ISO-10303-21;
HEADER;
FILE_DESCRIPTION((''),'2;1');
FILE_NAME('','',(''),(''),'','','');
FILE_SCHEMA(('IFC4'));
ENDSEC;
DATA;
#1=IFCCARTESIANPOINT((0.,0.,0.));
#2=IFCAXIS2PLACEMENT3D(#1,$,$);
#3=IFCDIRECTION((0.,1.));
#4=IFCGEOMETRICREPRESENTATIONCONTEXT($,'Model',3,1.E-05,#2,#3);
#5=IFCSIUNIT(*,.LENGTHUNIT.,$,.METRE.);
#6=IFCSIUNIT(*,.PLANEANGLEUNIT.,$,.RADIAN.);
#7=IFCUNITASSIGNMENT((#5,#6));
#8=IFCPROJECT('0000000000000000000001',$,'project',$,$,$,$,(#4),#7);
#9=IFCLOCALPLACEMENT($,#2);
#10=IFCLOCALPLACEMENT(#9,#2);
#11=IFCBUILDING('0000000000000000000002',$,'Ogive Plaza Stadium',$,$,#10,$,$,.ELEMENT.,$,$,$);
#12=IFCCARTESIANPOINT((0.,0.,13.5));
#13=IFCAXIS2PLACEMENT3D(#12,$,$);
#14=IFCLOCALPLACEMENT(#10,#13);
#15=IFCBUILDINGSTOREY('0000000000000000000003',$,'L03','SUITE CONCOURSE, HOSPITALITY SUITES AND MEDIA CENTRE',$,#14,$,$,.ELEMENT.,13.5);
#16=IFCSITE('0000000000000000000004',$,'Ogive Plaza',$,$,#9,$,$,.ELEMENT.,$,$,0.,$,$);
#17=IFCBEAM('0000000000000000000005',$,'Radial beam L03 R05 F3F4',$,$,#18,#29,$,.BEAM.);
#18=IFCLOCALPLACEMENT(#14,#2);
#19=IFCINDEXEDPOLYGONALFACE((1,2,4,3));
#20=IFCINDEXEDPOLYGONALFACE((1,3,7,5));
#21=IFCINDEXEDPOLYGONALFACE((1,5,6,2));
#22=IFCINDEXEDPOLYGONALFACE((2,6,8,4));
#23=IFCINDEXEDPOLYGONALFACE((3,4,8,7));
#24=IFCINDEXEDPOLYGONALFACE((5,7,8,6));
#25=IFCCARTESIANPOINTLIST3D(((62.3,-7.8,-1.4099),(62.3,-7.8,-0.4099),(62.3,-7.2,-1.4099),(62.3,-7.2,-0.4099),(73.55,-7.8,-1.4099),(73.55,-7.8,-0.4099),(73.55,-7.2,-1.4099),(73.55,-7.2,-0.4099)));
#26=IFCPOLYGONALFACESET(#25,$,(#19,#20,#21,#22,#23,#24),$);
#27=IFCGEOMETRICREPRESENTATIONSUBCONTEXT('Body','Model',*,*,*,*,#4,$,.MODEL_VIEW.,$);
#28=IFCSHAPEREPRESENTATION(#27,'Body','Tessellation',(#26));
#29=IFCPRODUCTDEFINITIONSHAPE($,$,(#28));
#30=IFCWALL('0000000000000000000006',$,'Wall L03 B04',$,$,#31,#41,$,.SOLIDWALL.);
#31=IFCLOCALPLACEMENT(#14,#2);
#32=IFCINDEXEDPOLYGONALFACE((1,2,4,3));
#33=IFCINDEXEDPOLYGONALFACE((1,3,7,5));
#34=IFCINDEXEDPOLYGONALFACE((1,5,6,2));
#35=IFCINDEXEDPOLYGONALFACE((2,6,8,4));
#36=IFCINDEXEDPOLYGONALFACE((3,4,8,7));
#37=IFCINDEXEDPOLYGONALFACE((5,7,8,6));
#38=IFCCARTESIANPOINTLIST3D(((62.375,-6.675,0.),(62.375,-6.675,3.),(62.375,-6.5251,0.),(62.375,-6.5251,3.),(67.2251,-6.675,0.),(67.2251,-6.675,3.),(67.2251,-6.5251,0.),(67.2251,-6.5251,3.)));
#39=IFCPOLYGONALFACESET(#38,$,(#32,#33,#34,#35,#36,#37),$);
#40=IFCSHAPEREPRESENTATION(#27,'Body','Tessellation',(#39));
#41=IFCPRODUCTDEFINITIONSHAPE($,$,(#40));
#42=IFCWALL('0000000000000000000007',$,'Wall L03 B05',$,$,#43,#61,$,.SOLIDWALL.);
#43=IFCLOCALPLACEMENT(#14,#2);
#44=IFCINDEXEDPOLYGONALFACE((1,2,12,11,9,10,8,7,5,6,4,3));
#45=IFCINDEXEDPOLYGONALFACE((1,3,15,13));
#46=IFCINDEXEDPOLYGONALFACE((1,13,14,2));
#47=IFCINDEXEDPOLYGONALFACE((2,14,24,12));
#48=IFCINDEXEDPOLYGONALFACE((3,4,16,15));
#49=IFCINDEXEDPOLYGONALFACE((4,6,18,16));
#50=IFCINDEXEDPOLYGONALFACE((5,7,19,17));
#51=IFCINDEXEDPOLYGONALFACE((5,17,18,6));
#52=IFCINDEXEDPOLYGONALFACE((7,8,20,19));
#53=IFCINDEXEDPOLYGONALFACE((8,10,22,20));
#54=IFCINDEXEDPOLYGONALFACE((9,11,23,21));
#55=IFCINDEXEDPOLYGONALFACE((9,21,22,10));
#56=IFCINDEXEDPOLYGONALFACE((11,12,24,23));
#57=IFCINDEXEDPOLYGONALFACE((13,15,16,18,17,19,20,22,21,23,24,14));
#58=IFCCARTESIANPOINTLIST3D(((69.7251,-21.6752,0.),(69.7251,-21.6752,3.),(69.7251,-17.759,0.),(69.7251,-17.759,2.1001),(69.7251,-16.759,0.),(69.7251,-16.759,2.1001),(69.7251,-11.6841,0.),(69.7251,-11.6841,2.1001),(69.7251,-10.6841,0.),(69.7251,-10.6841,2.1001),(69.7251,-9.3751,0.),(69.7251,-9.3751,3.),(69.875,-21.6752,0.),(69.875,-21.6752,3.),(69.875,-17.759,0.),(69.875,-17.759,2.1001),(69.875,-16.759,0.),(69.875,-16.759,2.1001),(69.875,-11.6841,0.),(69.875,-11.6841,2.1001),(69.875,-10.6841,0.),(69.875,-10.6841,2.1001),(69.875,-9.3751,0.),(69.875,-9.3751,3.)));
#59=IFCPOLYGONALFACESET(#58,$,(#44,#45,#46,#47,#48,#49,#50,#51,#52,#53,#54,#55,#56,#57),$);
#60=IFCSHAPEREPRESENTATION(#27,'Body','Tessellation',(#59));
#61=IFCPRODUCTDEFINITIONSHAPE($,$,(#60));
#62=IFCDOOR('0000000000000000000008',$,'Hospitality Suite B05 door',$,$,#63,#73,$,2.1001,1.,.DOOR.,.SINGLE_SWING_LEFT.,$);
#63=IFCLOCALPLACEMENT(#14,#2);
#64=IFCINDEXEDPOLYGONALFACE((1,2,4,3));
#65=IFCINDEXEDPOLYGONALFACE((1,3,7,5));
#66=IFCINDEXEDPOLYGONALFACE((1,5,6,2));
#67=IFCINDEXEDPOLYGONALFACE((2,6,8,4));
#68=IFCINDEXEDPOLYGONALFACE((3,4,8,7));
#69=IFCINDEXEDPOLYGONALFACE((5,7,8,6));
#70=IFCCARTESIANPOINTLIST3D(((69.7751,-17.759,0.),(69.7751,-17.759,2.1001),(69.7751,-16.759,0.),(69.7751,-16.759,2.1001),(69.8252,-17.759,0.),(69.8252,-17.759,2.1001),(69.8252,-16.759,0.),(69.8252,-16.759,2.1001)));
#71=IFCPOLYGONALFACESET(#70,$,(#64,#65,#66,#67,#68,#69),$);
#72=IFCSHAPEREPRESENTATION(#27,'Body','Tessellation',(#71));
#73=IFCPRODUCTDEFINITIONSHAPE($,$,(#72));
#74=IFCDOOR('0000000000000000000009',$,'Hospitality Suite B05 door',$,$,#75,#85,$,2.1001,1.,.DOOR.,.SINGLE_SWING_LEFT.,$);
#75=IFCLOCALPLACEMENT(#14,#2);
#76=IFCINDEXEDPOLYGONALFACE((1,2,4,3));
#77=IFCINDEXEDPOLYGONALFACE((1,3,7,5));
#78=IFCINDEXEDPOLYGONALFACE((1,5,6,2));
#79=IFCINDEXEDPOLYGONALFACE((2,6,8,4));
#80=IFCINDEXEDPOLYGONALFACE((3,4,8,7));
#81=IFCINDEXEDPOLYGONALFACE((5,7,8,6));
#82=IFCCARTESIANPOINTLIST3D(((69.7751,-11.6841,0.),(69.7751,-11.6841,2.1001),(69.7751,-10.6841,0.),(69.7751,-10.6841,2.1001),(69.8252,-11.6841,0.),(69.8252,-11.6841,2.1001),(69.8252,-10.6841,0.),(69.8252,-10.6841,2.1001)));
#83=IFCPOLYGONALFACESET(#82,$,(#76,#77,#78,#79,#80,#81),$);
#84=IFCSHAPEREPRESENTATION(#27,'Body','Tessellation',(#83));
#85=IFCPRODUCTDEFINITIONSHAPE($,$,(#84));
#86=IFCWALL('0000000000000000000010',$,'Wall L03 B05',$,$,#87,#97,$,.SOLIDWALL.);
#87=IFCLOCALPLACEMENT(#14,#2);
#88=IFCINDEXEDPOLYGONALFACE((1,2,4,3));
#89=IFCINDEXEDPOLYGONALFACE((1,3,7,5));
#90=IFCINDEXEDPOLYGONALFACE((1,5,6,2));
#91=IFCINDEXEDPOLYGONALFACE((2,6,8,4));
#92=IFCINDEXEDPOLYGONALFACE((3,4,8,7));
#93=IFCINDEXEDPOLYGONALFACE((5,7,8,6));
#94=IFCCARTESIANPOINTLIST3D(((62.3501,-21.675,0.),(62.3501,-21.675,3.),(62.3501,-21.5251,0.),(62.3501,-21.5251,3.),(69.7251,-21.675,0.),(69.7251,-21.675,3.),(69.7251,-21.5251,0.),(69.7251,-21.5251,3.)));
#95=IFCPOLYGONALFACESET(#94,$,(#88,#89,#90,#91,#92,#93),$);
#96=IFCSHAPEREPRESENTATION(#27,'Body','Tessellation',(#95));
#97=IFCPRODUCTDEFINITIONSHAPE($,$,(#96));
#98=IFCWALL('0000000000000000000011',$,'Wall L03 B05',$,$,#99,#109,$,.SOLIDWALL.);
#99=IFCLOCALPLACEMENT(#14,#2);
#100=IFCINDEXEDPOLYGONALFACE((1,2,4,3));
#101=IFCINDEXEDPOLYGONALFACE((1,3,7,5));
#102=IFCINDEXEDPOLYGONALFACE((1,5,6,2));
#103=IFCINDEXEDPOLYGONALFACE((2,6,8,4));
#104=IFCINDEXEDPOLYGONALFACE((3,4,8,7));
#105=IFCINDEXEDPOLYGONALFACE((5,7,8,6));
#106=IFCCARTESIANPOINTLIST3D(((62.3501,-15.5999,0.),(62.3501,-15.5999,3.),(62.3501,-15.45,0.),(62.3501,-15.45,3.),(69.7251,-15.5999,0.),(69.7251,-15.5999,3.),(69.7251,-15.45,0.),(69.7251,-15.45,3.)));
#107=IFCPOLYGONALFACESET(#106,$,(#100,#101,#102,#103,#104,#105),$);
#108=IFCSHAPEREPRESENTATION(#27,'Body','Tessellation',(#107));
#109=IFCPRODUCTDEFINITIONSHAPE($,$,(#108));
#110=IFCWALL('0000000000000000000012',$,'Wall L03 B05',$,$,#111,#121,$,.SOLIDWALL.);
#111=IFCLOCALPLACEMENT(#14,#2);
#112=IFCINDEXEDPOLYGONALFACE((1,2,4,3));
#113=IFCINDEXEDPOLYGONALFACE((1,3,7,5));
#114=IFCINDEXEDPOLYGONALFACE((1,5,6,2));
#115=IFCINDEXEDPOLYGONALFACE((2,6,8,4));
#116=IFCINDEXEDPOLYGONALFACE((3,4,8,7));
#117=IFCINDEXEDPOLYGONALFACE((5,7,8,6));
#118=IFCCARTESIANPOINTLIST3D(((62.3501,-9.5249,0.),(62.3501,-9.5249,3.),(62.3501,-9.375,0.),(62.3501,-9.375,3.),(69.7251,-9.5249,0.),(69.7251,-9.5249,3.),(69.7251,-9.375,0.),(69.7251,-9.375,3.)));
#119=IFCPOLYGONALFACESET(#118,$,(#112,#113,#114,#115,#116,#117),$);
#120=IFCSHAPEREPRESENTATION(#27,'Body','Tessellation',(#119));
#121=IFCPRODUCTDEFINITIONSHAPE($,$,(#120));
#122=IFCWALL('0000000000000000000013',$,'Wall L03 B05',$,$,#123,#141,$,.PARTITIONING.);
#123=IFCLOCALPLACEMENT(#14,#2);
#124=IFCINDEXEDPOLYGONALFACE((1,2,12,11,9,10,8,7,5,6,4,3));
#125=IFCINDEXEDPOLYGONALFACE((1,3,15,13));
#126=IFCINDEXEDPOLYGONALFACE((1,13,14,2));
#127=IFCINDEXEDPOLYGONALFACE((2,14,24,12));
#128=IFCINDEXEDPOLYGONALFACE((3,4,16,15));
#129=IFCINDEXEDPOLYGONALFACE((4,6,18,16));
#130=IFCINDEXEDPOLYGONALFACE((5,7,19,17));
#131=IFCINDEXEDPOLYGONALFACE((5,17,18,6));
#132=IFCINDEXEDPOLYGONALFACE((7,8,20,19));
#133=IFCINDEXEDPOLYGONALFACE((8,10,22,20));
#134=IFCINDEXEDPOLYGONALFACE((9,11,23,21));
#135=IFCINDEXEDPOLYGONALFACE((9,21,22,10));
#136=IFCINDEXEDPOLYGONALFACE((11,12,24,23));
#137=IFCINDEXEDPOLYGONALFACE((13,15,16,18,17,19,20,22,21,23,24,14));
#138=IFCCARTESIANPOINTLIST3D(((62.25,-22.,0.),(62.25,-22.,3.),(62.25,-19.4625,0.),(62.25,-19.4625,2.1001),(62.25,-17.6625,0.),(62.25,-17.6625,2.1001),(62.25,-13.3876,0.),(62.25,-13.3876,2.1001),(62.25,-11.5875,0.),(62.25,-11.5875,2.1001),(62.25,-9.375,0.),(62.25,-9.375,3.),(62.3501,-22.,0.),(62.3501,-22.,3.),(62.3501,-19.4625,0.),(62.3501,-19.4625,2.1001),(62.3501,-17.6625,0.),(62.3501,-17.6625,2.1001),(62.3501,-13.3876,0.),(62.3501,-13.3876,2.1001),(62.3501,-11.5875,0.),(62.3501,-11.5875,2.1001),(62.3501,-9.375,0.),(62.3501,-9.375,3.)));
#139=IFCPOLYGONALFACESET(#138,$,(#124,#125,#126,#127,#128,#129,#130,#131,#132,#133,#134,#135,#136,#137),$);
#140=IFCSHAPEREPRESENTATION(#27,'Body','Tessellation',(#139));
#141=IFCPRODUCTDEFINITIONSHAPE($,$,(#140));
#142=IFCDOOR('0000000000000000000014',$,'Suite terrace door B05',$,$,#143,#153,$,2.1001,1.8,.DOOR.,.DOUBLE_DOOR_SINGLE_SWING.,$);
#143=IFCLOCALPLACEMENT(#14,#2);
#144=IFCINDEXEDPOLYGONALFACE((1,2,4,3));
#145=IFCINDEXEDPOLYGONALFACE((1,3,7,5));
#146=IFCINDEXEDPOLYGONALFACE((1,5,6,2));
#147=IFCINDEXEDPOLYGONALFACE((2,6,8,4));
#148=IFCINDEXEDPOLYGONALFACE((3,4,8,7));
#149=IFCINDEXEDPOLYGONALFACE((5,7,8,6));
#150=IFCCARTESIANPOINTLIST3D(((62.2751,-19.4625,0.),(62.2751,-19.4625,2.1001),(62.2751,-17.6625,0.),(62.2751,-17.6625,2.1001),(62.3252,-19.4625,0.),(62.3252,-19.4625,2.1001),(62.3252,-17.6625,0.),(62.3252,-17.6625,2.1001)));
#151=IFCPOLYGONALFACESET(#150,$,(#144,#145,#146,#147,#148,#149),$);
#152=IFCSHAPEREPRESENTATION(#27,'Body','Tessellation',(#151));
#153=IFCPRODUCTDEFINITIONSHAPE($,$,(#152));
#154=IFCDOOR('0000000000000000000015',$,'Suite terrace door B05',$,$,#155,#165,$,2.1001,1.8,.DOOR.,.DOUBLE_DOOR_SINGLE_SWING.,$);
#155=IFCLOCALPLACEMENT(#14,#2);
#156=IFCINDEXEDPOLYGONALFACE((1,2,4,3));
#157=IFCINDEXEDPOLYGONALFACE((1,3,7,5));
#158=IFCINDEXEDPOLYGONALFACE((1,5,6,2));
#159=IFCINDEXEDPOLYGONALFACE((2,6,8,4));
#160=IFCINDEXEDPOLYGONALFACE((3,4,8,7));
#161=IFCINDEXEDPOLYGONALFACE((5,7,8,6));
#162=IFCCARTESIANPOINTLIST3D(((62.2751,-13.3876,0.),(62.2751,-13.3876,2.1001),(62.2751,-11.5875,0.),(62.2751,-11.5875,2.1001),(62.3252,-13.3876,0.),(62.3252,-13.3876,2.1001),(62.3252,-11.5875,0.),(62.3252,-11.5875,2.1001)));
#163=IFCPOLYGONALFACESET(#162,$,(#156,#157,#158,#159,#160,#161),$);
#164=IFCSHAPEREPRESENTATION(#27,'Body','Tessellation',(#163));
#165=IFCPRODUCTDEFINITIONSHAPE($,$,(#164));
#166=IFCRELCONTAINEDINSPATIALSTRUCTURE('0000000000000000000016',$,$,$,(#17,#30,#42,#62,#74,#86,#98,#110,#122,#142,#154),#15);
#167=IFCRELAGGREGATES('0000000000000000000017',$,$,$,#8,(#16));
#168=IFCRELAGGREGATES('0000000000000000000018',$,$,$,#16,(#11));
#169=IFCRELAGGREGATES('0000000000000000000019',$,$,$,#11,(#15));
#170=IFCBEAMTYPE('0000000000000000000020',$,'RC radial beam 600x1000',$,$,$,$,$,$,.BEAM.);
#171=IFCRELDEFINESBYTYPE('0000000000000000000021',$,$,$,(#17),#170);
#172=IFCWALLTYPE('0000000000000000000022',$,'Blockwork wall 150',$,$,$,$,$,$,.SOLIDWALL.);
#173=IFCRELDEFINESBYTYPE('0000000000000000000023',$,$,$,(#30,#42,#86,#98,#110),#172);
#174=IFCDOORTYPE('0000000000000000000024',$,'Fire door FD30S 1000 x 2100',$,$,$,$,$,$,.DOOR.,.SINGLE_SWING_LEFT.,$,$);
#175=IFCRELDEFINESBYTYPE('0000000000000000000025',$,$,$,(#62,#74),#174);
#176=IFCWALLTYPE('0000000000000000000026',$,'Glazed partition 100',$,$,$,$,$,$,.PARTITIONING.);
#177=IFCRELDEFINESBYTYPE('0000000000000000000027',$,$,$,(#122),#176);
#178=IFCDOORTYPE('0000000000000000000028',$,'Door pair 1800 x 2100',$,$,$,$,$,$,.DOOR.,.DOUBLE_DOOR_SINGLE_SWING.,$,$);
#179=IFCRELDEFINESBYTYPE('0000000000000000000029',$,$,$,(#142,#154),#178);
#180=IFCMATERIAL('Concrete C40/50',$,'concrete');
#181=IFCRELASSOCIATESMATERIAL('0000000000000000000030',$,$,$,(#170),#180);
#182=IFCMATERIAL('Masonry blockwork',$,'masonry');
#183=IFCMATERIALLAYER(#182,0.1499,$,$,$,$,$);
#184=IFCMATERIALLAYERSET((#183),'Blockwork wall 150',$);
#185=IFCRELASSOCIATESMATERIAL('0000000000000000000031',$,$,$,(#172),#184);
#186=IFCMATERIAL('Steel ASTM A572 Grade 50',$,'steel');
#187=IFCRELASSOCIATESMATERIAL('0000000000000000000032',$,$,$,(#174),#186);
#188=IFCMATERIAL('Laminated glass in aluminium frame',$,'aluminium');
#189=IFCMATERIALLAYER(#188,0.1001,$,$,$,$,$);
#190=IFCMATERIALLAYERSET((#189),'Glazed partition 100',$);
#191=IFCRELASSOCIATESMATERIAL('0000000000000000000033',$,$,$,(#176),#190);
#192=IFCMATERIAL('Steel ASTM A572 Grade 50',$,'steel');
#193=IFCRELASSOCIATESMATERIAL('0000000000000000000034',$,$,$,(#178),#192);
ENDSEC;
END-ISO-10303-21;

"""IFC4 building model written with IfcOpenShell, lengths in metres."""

from ifc_helpers import new_model, si_unit, direction, frame, frame_2d, origin, origin_2d, place, context, subcontext, project, spatial, rectangle, extrude, material, layer, layer_set, material_profile, profile_set, type_object, element, fill, save


model = new_model("IFC4")

# Units and contexts
model_context = context("Model", 3, precision=1e-05, world=origin(), true_north=direction((0.0, 1.0)))
body_context = subcontext(model_context, "Body", "Model", "MODEL_VIEW")
ifc_project = project(units=[si_unit("LENGTHUNIT", "METRE"), si_unit("PLANEANGLEUNIT", "RADIAN")], contexts=[model_context])

# Site, building, storey
site_placement = place(None, origin())
site = spatial("IfcSite", under=ifc_project, at=site_placement, Name="Ogive Plaza", CompositionType="ELEMENT", RefElevation=0.0)
building_placement = place(site_placement, origin())
building = spatial("IfcBuilding", under=site, at=building_placement, Name="Ogive Plaza Stadium", CompositionType="ELEMENT")
storey_placement = place(building_placement, frame((0.0, 0.0, 13.5)))
storey = spatial("IfcBuildingStorey", under=building, at=storey_placement, Name="L03", Description="SUITE CONCOURSE, HOSPITALITY SUITES AND MEDIA CENTRE", CompositionType="ELEMENT", Elevation=13.5)

# Beam
ifc_material_1 = material(Name="Concrete C40/50", Category="concrete")
ifc_material_profile = material_profile(ifc_material_1, rectangle(XDim=0.6001, YDim=1.0, at=origin_2d()), Name="RC 600x1000")
ifc_profile_set = profile_set([ifc_material_profile], Name="Concrete C40/50")
beam_type = type_object("IfcBeamType", Name="RC radial beam 600x1000", PredefinedType="BEAM", material=ifc_profile_set)
beam_placement = place(storey_placement, frame((62.3, -7.5, -0.9099), z_axis=(1.0, 0.0, 0.0), x_axis=(0.0, 1.0, 0.0)))
element("IfcBeam", 1, at=beam_placement, inside=storey, type_object=beam_type, Name="Radial beam L03 R05 F3F4", PredefinedType="BEAM", context=body_context, shape_type="SweptSolid", body=[
    extrude(rectangle(XDim=0.6001, YDim=1.0, at=origin_2d()), origin(), (0.0, 0.0, 1.0), 11.25),
])

# Wall
ifc_material_2 = material(Name="Masonry blockwork", Category="masonry")
ifc_layer_1 = layer(ifc_material_2, 0.1499)
ifc_layer_set_1 = layer_set([ifc_layer_1], Name="Blockwork wall 150")
wall_type_1 = type_object("IfcWallType", Name="Blockwork wall 150", PredefinedType="SOLIDWALL", material=ifc_layer_set_1)
wall_1_placement = place(storey_placement, frame((62.375, -6.6001, 0.0), z_axis=(0.0, 0.0, 1.0), x_axis=(1.0, 0.0, 0.0)))
element("IfcWall", 2, at=wall_1_placement, inside=storey, type_object=wall_type_1, Name="Wall L03 B04", PredefinedType="SOLIDWALL", context=body_context, shape_type="SweptSolid", body=[
    extrude(rectangle(XDim=4.8501, YDim=0.1499, at=frame_2d((2.425, 0.0))), origin(), (0.0, 0.0, 1.0), 3.0),
])

# Wall, openings, doors
wall_2_placement = place(storey_placement, frame((69.8, -21.675, 0.0), z_axis=(0.0, 0.0, 1.0), x_axis=(0.0, 1.0, 0.0)))
wall_2 = element("IfcWall", 3, at=wall_2_placement, inside=storey, type_object=wall_type_1, Name="Wall L03 B05", PredefinedType="SOLIDWALL", context=body_context, shape_type="SweptSolid", body=[
    extrude(rectangle(XDim=12.3, YDim=0.1499, at=frame_2d((6.1499, 0.0))), origin(), (0.0, 0.0, 1.0), 3.0),
])
opening_1_placement = place(wall_2_placement, frame((3.916, 0.0, 0.0)))
opening_1 = element("IfcOpeningElement", 4, at=opening_1_placement, cuts=wall_2, PredefinedType="OPENING", context=body_context, shape_type="SweptSolid", body=[
    extrude(rectangle(XDim=1.0, YDim=2.1001, at=frame_2d((0.5, 1.05))), frame((0.0, 0.075, 0.0), z_axis=(0.0, -1.0, 0.0), x_axis=(1.0, 0.0, 0.0)), (0.0, 0.0, 1.0), 0.1499),
])
opening_2_placement = place(wall_2_placement, frame((9.991, 0.0, 0.0)))
opening_2 = element("IfcOpeningElement", 5, at=opening_2_placement, cuts=wall_2, PredefinedType="OPENING", context=body_context, shape_type="SweptSolid", body=[
    extrude(rectangle(XDim=1.0, YDim=2.1001, at=frame_2d((0.5, 1.05))), frame((0.0, 0.075, 0.0), z_axis=(0.0, -1.0, 0.0), x_axis=(1.0, 0.0, 0.0)), (0.0, 0.0, 1.0), 0.1499),
])
ifc_material_3 = material(Name="Steel ASTM A572 Grade 50", Category="steel")
door_type_1 = type_object("IfcDoorType", Name="Fire door FD30S 1000 x 2100", OperationType="SINGLE_SWING_LEFT", PredefinedType="DOOR", material=ifc_material_3)
door_1_placement = place(opening_1_placement, origin())
door_1 = element("IfcDoor", 6, at=door_1_placement, inside=storey, type_object=door_type_1, Name="Hospitality Suite B05 door", OperationType="SINGLE_SWING_LEFT", OverallHeight=2.1001, OverallWidth=1.0, PredefinedType="DOOR", context=body_context, shape_type="SweptSolid", body=[
    extrude(rectangle(XDim=1.0, YDim=2.1001, at=frame_2d((0.5, 1.05))), frame((0.0, 0.0249, 0.0), z_axis=(0.0, -1.0, 0.0), x_axis=(1.0, 0.0, 0.0)), (0.0, 0.0, 1.0), 0.05),
])
fill(opening_1, door_1)
door_2_placement = place(opening_2_placement, origin())
door_2 = element("IfcDoor", 7, at=door_2_placement, inside=storey, type_object=door_type_1, Name="Hospitality Suite B05 door", OperationType="SINGLE_SWING_LEFT", OverallHeight=2.1001, OverallWidth=1.0, PredefinedType="DOOR", context=body_context, shape_type="SweptSolid", body=[
    extrude(rectangle(XDim=1.0, YDim=2.1001, at=frame_2d((0.5, 1.05))), frame((0.0, 0.0249, 0.0), z_axis=(0.0, -1.0, 0.0), x_axis=(1.0, 0.0, 0.0)), (0.0, 0.0, 1.0), 0.05),
])
fill(opening_2, door_2)

# Walls
for number, where, z_axis, x_axis, name in (
    (8, (62.3501, -21.6001, 0.0), (0.0, 0.0, 1.0), (1.0, 0.0, 0.0), "Wall L03 B05"),
    (9, (62.3501, -15.5249, 0.0), (0.0, 0.0, 1.0), (1.0, 0.0, 0.0), "Wall L03 B05"),
    (10, (62.3501, -9.45, 0.0), (0.0, 0.0, 1.0), (1.0, 0.0, 0.0), "Wall L03 B05"),
):
    element("IfcWall", number, at=place(storey_placement, frame(where, z_axis=z_axis, x_axis=x_axis)), inside=storey, type_object=wall_type_1, Name=name, PredefinedType="SOLIDWALL", context=body_context, shape_type="SweptSolid", body=[
        extrude(rectangle(XDim=7.375, YDim=0.1499, at=frame_2d((3.6875, 0.0))), origin(), (0.0, 0.0, 1.0), 3.0),
    ])

# Wall, openings, doors
ifc_material_4 = material(Name="Laminated glass in aluminium frame", Category="aluminium")
ifc_layer_2 = layer(ifc_material_4, 0.1001)
ifc_layer_set_2 = layer_set([ifc_layer_2], Name="Glazed partition 100")
wall_type_2 = type_object("IfcWallType", Name="Glazed partition 100", PredefinedType="PARTITIONING", material=ifc_layer_set_2)
wall_3_placement = place(storey_placement, frame((62.3, -22.0, 0.0), z_axis=(0.0, 0.0, 1.0), x_axis=(0.0, 1.0, 0.0)))
wall_3 = element("IfcWall", 11, at=wall_3_placement, inside=storey, type_object=wall_type_2, Name="Wall L03 B05", PredefinedType="PARTITIONING", context=body_context, shape_type="SweptSolid", body=[
    extrude(rectangle(XDim=12.625, YDim=0.1001, at=frame_2d((6.3125, 0.0))), origin(), (0.0, 0.0, 1.0), 3.0),
])
opening_3_placement = place(wall_3_placement, frame((2.5376, 0.0, 0.0)))
opening_3 = element("IfcOpeningElement", 12, at=opening_3_placement, cuts=wall_3, PredefinedType="OPENING", context=body_context, shape_type="SweptSolid", body=[
    extrude(rectangle(XDim=1.8, YDim=2.1001, at=frame_2d((0.8999, 1.05))), frame((0.0, 0.05, 0.0), z_axis=(0.0, -1.0, 0.0), x_axis=(1.0, 0.0, 0.0)), (0.0, 0.0, 1.0), 0.1001),
])
opening_4_placement = place(wall_3_placement, frame((8.6125, 0.0, 0.0)))
opening_4 = element("IfcOpeningElement", 13, at=opening_4_placement, cuts=wall_3, PredefinedType="OPENING", context=body_context, shape_type="SweptSolid", body=[
    extrude(rectangle(XDim=1.8, YDim=2.1001, at=frame_2d((0.8999, 1.05))), frame((0.0, 0.05, 0.0), z_axis=(0.0, -1.0, 0.0), x_axis=(1.0, 0.0, 0.0)), (0.0, 0.0, 1.0), 0.1001),
])
ifc_material_5 = material(Name="Steel ASTM A572 Grade 50", Category="steel")
door_type_2 = type_object("IfcDoorType", Name="Door pair 1800 x 2100", OperationType="DOUBLE_DOOR_SINGLE_SWING", PredefinedType="DOOR", material=ifc_material_5)
door_3_placement = place(opening_3_placement, origin())
door_3 = element("IfcDoor", 14, at=door_3_placement, inside=storey, type_object=door_type_2, Name="Suite terrace door B05", OperationType="DOUBLE_DOOR_SINGLE_SWING", OverallHeight=2.1001, OverallWidth=1.8, PredefinedType="DOOR", context=body_context, shape_type="SweptSolid", body=[
    extrude(rectangle(XDim=1.8, YDim=2.1001, at=frame_2d((0.8999, 1.05))), frame((0.0, 0.0249, 0.0), z_axis=(0.0, -1.0, 0.0), x_axis=(1.0, 0.0, 0.0)), (0.0, 0.0, 1.0), 0.05),
])
fill(opening_3, door_3)
door_4_placement = place(opening_4_placement, origin())
door_4 = element("IfcDoor", 15, at=door_4_placement, inside=storey, type_object=door_type_2, Name="Suite terrace door B05", OperationType="DOUBLE_DOOR_SINGLE_SWING", OverallHeight=2.1001, OverallWidth=1.8, PredefinedType="DOOR", context=body_context, shape_type="SweptSolid", body=[
    extrude(rectangle(XDim=1.8, YDim=2.1001, at=frame_2d((0.8999, 1.05))), frame((0.0, 0.0249, 0.0), z_axis=(0.0, -1.0, 0.0), x_axis=(1.0, 0.0, 0.0)), (0.0, 0.0, 1.0), 0.05),
])
fill(opening_4, door_4)

save(model, "model.ifc")
